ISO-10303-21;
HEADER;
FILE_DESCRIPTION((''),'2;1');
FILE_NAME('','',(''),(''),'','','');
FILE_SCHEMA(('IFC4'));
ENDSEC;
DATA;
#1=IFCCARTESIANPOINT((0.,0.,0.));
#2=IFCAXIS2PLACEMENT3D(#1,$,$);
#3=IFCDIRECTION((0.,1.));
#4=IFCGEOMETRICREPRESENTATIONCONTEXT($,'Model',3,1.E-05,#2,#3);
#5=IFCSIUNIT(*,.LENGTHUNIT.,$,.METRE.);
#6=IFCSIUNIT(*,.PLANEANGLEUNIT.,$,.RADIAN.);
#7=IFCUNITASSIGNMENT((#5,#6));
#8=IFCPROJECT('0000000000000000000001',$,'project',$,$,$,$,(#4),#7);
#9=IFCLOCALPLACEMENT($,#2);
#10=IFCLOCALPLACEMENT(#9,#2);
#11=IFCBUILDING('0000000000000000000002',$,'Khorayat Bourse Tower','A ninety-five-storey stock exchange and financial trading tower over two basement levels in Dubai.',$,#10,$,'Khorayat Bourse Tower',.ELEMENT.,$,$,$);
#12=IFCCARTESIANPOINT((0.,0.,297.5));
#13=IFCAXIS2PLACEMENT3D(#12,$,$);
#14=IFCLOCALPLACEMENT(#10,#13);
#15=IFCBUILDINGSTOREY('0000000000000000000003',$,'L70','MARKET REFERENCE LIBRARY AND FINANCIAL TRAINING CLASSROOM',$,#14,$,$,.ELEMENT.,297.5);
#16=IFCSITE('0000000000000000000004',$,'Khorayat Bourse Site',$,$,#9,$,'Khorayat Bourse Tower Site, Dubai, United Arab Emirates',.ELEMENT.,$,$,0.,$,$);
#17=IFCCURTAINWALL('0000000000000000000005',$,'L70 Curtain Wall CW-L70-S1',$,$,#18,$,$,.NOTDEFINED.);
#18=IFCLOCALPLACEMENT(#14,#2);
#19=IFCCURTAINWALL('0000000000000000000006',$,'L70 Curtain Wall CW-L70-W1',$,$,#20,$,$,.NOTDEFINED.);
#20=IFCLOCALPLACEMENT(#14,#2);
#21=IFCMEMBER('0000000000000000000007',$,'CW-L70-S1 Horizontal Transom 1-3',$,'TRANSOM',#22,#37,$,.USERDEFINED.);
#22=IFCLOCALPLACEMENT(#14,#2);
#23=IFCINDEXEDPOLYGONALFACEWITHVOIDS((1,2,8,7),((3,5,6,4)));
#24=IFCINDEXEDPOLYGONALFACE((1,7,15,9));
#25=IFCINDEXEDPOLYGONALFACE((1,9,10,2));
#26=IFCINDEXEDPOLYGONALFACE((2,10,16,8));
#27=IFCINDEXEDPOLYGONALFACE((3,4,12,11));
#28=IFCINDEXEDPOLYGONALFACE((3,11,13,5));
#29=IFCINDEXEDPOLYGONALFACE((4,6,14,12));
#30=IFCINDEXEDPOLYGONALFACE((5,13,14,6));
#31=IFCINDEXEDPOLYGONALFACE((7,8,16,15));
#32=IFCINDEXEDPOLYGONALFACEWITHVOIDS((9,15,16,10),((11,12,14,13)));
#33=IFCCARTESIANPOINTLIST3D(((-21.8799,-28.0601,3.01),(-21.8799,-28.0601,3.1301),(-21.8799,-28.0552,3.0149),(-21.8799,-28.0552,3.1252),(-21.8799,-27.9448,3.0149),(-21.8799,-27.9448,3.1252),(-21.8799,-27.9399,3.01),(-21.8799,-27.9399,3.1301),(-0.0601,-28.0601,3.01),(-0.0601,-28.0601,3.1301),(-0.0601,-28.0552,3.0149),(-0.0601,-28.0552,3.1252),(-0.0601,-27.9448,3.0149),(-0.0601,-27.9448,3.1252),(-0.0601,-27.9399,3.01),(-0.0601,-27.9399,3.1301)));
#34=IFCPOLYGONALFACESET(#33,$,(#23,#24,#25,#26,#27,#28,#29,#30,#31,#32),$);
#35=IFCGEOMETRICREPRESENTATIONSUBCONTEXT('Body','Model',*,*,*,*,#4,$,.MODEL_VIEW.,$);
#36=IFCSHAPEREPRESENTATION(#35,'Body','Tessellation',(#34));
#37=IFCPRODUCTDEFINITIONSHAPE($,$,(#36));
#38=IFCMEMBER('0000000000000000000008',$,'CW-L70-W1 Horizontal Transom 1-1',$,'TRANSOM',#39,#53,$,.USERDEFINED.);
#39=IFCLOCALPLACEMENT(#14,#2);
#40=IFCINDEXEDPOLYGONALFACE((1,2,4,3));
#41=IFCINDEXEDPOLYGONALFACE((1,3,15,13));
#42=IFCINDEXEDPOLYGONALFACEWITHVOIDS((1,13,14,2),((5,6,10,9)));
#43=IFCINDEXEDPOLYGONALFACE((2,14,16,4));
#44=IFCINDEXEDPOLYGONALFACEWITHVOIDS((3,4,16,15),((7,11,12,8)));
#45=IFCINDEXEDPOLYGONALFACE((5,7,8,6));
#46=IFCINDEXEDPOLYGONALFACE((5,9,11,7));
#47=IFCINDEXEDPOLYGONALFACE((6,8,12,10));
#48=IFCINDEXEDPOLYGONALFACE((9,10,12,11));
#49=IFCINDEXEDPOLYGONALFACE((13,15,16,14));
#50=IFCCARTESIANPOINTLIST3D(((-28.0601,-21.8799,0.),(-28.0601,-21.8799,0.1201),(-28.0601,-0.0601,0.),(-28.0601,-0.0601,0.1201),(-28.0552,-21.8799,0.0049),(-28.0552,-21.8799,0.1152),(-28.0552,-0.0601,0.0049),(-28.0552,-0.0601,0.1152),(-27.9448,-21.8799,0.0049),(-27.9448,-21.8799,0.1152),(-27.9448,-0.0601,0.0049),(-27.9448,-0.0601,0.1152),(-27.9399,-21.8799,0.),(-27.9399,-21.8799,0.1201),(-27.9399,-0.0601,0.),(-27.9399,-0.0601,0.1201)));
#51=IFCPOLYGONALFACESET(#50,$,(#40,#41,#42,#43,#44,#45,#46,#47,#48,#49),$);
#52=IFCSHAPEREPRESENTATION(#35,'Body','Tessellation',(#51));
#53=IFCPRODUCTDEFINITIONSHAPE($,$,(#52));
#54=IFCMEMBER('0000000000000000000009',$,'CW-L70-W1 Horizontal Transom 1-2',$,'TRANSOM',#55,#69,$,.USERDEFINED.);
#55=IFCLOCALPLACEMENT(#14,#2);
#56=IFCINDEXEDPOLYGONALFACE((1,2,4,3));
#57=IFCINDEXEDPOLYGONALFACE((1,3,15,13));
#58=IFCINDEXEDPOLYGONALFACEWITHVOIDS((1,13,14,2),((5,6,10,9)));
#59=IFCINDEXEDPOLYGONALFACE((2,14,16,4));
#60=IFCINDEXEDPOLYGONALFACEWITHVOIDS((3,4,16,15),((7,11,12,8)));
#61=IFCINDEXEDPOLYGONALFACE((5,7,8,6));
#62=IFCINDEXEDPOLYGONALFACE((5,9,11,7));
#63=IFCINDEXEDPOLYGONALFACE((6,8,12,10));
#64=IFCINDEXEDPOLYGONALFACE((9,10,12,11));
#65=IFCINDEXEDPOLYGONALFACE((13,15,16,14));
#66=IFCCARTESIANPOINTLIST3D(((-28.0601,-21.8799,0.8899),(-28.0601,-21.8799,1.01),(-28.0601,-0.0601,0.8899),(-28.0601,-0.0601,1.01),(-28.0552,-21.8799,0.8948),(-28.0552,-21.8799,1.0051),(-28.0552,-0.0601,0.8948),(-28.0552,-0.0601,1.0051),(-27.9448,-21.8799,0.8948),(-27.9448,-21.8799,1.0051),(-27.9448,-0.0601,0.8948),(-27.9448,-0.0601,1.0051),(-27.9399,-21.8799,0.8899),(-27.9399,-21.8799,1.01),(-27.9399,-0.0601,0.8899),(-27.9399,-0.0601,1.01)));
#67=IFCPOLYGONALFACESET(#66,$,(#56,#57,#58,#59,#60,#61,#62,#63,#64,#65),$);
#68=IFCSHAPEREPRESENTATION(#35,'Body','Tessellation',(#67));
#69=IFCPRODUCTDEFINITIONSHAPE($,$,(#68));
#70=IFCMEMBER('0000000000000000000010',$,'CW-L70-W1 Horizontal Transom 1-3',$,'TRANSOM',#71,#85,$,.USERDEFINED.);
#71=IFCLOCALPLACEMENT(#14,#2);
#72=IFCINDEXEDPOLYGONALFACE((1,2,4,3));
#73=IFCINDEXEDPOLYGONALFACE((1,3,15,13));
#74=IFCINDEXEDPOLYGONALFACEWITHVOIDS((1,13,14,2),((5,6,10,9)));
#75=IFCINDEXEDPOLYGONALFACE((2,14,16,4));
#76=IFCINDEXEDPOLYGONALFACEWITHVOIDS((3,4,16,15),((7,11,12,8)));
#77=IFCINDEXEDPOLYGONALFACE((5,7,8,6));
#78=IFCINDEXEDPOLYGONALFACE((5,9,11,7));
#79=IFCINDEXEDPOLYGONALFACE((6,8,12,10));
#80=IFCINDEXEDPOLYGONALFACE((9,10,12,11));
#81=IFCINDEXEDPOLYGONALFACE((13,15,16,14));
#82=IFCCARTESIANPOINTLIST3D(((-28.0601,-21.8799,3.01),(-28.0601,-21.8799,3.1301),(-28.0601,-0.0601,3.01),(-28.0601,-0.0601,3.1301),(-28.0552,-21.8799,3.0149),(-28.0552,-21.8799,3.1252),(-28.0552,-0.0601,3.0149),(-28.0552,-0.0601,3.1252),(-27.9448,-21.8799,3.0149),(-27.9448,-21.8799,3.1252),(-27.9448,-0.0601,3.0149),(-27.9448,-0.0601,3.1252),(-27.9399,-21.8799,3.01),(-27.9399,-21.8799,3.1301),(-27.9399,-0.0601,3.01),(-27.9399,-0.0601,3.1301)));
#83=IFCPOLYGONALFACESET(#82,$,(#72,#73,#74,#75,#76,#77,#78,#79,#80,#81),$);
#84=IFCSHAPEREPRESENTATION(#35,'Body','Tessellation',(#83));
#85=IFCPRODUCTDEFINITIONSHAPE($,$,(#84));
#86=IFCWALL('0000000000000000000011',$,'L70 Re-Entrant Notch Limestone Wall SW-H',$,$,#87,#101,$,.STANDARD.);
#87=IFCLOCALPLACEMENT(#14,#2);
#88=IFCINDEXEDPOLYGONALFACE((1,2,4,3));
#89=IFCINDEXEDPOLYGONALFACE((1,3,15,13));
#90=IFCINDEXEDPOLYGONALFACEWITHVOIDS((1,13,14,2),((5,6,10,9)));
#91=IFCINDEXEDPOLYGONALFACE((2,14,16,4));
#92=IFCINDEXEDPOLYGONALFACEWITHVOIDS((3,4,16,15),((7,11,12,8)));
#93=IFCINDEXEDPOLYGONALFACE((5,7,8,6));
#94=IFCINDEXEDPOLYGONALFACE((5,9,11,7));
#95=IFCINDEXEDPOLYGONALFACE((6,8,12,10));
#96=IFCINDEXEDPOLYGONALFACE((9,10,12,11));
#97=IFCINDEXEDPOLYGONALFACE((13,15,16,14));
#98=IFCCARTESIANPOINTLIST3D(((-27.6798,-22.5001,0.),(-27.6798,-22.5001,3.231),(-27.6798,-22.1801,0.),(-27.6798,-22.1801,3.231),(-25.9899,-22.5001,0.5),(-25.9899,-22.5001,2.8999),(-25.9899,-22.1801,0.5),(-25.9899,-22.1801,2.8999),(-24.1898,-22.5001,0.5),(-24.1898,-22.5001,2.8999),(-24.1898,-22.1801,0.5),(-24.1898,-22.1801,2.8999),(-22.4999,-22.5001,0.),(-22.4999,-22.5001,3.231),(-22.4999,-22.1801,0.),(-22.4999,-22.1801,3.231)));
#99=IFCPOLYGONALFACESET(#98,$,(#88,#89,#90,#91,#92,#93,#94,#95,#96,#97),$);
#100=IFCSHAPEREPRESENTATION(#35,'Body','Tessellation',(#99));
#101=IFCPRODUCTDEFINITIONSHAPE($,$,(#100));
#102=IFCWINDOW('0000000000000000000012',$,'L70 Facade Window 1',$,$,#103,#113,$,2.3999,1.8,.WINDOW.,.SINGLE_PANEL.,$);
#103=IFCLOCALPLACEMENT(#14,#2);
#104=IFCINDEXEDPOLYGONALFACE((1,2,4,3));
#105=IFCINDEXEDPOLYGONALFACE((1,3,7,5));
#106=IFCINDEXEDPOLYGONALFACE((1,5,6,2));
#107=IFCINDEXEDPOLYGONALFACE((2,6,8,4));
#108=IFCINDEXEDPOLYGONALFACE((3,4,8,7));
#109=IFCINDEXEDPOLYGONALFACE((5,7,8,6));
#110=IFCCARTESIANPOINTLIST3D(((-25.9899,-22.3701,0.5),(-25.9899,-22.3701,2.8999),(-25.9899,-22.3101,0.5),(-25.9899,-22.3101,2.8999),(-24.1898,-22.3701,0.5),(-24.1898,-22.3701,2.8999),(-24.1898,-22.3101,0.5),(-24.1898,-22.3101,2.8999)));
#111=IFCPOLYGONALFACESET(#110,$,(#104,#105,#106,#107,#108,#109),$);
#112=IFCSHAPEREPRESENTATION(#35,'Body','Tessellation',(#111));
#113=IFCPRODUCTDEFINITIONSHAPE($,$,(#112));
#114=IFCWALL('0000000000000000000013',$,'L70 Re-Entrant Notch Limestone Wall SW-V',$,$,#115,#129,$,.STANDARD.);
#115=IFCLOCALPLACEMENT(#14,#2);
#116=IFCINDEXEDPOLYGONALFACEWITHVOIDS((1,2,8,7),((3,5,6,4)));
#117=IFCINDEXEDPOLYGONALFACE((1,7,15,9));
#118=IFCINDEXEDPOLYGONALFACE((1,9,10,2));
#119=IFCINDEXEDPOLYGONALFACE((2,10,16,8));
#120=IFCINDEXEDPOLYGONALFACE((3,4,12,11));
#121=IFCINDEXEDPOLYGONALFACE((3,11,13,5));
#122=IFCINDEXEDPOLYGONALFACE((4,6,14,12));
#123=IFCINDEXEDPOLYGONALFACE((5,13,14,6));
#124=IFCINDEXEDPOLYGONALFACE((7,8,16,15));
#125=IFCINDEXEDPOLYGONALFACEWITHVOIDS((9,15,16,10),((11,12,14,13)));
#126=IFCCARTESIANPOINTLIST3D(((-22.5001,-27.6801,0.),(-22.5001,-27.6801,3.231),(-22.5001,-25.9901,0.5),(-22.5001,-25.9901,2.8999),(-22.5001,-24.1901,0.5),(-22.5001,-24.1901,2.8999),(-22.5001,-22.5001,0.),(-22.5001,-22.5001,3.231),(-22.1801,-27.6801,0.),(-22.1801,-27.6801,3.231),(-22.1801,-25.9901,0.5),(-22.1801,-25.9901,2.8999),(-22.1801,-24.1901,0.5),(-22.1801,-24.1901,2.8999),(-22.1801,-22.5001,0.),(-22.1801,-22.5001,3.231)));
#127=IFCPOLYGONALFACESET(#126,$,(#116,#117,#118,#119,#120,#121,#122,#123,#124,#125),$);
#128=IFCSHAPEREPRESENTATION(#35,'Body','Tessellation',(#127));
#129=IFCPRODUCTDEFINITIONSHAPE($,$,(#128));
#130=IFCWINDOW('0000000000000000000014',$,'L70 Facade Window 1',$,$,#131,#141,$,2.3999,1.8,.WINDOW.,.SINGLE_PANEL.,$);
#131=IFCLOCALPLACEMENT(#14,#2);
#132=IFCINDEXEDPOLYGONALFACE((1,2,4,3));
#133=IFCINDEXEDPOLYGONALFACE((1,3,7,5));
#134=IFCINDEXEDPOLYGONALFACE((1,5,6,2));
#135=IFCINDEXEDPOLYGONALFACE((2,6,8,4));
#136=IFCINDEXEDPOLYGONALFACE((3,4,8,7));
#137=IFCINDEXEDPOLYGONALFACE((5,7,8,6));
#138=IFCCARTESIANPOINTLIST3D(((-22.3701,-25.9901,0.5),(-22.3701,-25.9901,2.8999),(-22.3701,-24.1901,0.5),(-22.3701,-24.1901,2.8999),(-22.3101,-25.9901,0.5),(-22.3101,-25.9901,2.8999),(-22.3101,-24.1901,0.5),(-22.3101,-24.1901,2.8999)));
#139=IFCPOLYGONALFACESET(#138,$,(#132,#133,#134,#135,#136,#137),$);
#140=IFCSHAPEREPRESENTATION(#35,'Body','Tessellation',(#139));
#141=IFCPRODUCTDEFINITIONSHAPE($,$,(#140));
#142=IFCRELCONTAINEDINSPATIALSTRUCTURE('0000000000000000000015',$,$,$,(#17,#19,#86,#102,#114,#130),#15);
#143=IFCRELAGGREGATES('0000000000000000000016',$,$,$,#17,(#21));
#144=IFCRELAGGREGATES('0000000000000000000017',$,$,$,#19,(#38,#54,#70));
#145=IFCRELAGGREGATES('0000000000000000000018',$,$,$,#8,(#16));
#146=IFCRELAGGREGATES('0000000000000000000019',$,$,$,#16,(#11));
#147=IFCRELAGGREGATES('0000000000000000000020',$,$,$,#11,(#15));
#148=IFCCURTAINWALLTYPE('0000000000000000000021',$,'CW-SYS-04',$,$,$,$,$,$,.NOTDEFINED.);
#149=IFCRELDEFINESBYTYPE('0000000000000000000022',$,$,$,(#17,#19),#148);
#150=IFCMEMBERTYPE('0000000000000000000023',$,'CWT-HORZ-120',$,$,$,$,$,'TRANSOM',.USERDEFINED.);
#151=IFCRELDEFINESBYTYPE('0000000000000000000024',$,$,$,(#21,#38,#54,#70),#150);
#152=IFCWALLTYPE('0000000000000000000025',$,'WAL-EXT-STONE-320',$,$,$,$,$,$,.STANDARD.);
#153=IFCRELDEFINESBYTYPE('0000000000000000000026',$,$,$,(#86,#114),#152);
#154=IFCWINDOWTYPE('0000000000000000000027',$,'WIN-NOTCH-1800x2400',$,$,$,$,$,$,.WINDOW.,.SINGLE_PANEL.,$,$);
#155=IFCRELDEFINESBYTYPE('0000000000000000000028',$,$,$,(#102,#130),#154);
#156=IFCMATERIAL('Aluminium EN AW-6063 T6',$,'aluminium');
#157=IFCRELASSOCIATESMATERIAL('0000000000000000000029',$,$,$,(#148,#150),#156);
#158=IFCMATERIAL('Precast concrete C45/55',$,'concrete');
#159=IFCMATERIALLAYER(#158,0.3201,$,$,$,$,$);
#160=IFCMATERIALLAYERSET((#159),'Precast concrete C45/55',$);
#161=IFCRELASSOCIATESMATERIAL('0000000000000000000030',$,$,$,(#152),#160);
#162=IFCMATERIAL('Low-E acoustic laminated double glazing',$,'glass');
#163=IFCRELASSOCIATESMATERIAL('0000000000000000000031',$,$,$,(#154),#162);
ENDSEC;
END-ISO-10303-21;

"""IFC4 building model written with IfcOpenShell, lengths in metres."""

from ifc_helpers import new_model, si_unit, direction, frame, frame_2d, origin, origin_2d, place, context, subcontext, project, spatial, rectangle, hollow_rectangle, extrude, source, transform, mapped, material, layer, layer_set, material_profile, profile_set, type_object, element, fill, aggregate, save


model = new_model("IFC4")

# Units and contexts
model_context = context("Model", 3, precision=1e-05, world=origin(), true_north=direction((0.0, 1.0)))
body_context = subcontext(model_context, "Body", "Model", "MODEL_VIEW")
ifc_project = project(units=[si_unit("LENGTHUNIT", "METRE"), si_unit("PLANEANGLEUNIT", "RADIAN")], contexts=[model_context])

# Site, building, storey
site_placement = place(None, origin())
site = spatial("IfcSite", under=ifc_project, at=site_placement, Name="Khorayat Bourse Site", LongName="Khorayat Bourse Tower Site, Dubai, United Arab Emirates", CompositionType="ELEMENT", RefElevation=0.0)
building_placement = place(site_placement, origin())
building = spatial("IfcBuilding", under=site, at=building_placement, Name="Khorayat Bourse Tower", Description="A ninety-five-storey stock exchange and financial trading tower over two basement levels in Dubai.", LongName="Khorayat Bourse Tower", CompositionType="ELEMENT")
storey_placement = place(building_placement, frame((0.0, 0.0, 297.5)))
storey = spatial("IfcBuildingStorey", under=building, at=storey_placement, Name="L70", Description="MARKET REFERENCE LIBRARY AND FINANCIAL TRAINING CLASSROOM", CompositionType="ELEMENT", Elevation=297.5)

# Curtain wall
ifc_material_1 = material(Name="Aluminium EN AW-6063 T6", Category="aluminium")
curtain_wall_type = type_object("IfcCurtainWallType", Name="CW-SYS-04", PredefinedType="NOTDEFINED", material=ifc_material_1)
curtain_wall_1_placement = place(storey_placement, origin())
curtain_wall_1 = element("IfcCurtainWall", 1, at=curtain_wall_1_placement, inside=storey, type_object=curtain_wall_type, Name="L70 Curtain Wall CW-L70-S1", PredefinedType="NOTDEFINED")

# Curtain wall
curtain_wall_2_placement = place(storey_placement, origin())
curtain_wall_2 = element("IfcCurtainWall", 2, at=curtain_wall_2_placement, inside=storey, type_object=curtain_wall_type, Name="L70 Curtain Wall CW-L70-W1", PredefinedType="NOTDEFINED")

# Members
ifc_material_profile_1 = material_profile(ifc_material_1, hollow_rectangle(XDim=0.1201, YDim=0.1201, WallThickness=0.0049, at=origin_2d()), Name="ALU 120x120x5")
ifc_profile_set_1 = profile_set([ifc_material_profile_1], Name="Aluminium EN AW-6063 T6")
member_type_1 = type_object("IfcMemberType", Name="CWT-HORZ-120", ElementType="TRANSOM", PredefinedType="USERDEFINED", material=ifc_profile_set_1)
shared_shape_1 = source(origin(), body_context, "Body", "SweptSolid", [
    extrude(hollow_rectangle(XDim=0.1201, YDim=0.1201, WallThickness=0.0049, at=origin_2d()), origin(), (0.0, 0.0, 1.0), 21.8198),
])
member_1_placement = place(storey_placement, frame((-21.8799, -28.0, 3.0701), z_axis=(1.0, 0.0, 0.0), x_axis=(0.0, 1.0, 0.0)))
member_1 = element("IfcMember", 3, at=member_1_placement, type_object=member_type_1, Name="CW-L70-S1 Horizontal Transom 1-3", ObjectType="TRANSOM", PredefinedType="USERDEFINED", context=body_context, shape_type="MappedRepresentation", body=[
    mapped(shared_shape_1, transform((0.0, 0.0, 0.0), scale=1.0)),
])
aggregate(curtain_wall_1, [member_1])
member_2_placement = place(storey_placement, frame((-28.0, -21.8799, 0.0601), z_axis=(0.0, 1.0, 0.0), x_axis=(-1.0, 0.0, 0.0)))
member_2 = element("IfcMember", 4, at=member_2_placement, type_object=member_type_1, Name="CW-L70-W1 Horizontal Transom 1-1", ObjectType="TRANSOM", PredefinedType="USERDEFINED", context=body_context, shape_type="MappedRepresentation", body=[
    mapped(shared_shape_1, transform((0.0, 0.0, 0.0), scale=1.0)),
])
member_3_placement = place(storey_placement, frame((-28.0, -21.8799, 0.95), z_axis=(0.0, 1.0, 0.0), x_axis=(-1.0, 0.0, 0.0)))
member_3 = element("IfcMember", 5, at=member_3_placement, type_object=member_type_1, Name="CW-L70-W1 Horizontal Transom 1-2", ObjectType="TRANSOM", PredefinedType="USERDEFINED", context=body_context, shape_type="MappedRepresentation", body=[
    mapped(shared_shape_1, transform((0.0, 0.0, 0.0), scale=1.0)),
])
member_4_placement = place(storey_placement, frame((-28.0, -21.8799, 3.0701), z_axis=(0.0, 1.0, 0.0), x_axis=(-1.0, 0.0, 0.0)))
member_4 = element("IfcMember", 6, at=member_4_placement, type_object=member_type_1, Name="CW-L70-W1 Horizontal Transom 1-3", ObjectType="TRANSOM", PredefinedType="USERDEFINED", context=body_context, shape_type="MappedRepresentation", body=[
    mapped(shared_shape_1, transform((0.0, 0.0, 0.0), scale=1.0)),
])
aggregate(curtain_wall_2, [member_2, member_3, member_4])

# Walls, openings, windows
ifc_material_2 = material(Name="Precast concrete C45/55", Category="concrete")
ifc_layer = layer(ifc_material_2, 0.3201)
ifc_layer_set = layer_set([ifc_layer], Name="Precast concrete C45/55")
wall_type = type_object("IfcWallType", Name="WAL-EXT-STONE-320", PredefinedType="STANDARD", material=ifc_layer_set)
shared_shape_2 = source(origin(), body_context, "Body", "SweptSolid", [
    extrude(rectangle(XDim=5.1799, YDim=0.3201, at=frame_2d((2.5898, 0.0))), origin(), (0.0, 0.0, 1.0), 3.231),
])
wall_1_placement = place(storey_placement, frame((-22.5, -22.3401, 0.0), z_axis=(0.0, 0.0, 1.0), x_axis=(-1.0, 0.0, 0.0)))
wall_1 = element("IfcWall", 7, at=wall_1_placement, inside=storey, type_object=wall_type, Name="L70 Re-Entrant Notch Limestone Wall SW-H", PredefinedType="STANDARD", context=body_context, shape_type="MappedRepresentation", body=[
    mapped(shared_shape_2, transform((0.0, 0.0, 0.0), scale=1.0)),
])
shared_shape_3 = source(origin(), body_context, "Body", "SweptSolid", [
    extrude(rectangle(XDim=1.8, YDim=2.3999, at=frame_2d((0.8999, 1.2))), frame((0.0, 0.1699, 0.0), z_axis=(0.0, -1.0, 0.0), x_axis=(1.0, 0.0, 0.0)), (0.0, 0.0, 1.0), 0.3401),
])
opening_1_placement = place(wall_1_placement, frame((1.6899, 0.0, 0.5)))
opening_1 = element("IfcOpeningElement", 8, at=opening_1_placement, cuts=wall_1, PredefinedType="OPENING", context=body_context, shape_type="MappedRepresentation", body=[
    mapped(shared_shape_3, transform((0.0, 0.0, 0.0), scale=1.0)),
])
ifc_material_3 = material(Name="Low-E acoustic laminated double glazing", Category="glass")
window_type = type_object("IfcWindowType", Name="WIN-NOTCH-1800x2400", PartitioningType="SINGLE_PANEL", PredefinedType="WINDOW", material=ifc_material_3)
shared_shape_4 = source(origin(), body_context, "Body", "SweptSolid", [
    extrude(rectangle(XDim=1.8, YDim=2.3999, at=frame_2d((0.8999, 1.2))), frame((0.0, 0.03, 0.0), z_axis=(0.0, -1.0, 0.0), x_axis=(1.0, 0.0, 0.0)), (0.0, 0.0, 1.0), 0.0601),
])
window_1_placement = place(opening_1_placement, origin())
window_1 = element("IfcWindow", 9, at=window_1_placement, inside=storey, type_object=window_type, Name="L70 Facade Window 1", OverallHeight=2.3999, OverallWidth=1.8, PartitioningType="SINGLE_PANEL", PredefinedType="WINDOW", context=body_context, shape_type="MappedRepresentation", body=[
    mapped(shared_shape_4, transform((0.0, 0.0, 0.0), scale=1.0)),
])
fill(opening_1, window_1)
wall_2_placement = place(storey_placement, frame((-22.3401, -27.6799, 0.0), z_axis=(0.0, 0.0, 1.0), x_axis=(0.0, 1.0, 0.0)))
wall_2 = element("IfcWall", 10, at=wall_2_placement, inside=storey, type_object=wall_type, Name="L70 Re-Entrant Notch Limestone Wall SW-V", PredefinedType="STANDARD", context=body_context, shape_type="MappedRepresentation", body=[
    mapped(shared_shape_2, transform((0.0, 0.0, 0.0), scale=1.0)),
])
opening_2_placement = place(wall_2_placement, frame((1.6899, 0.0, 0.5)))
opening_2 = element("IfcOpeningElement", 11, at=opening_2_placement, cuts=wall_2, PredefinedType="OPENING", context=body_context, shape_type="MappedRepresentation", body=[
    mapped(shared_shape_3, transform((0.0, 0.0, 0.0), scale=1.0)),
])
window_2_placement = place(opening_2_placement, origin())
window_2 = element("IfcWindow", 12, at=window_2_placement, inside=storey, type_object=window_type, Name="L70 Facade Window 1", OverallHeight=2.3999, OverallWidth=1.8, PartitioningType="SINGLE_PANEL", PredefinedType="WINDOW", context=body_context, shape_type="MappedRepresentation", body=[
    mapped(shared_shape_4, transform((0.0, 0.0, 0.0), scale=1.0)),
])
fill(opening_2, window_2)

save(model, "model.ifc")
